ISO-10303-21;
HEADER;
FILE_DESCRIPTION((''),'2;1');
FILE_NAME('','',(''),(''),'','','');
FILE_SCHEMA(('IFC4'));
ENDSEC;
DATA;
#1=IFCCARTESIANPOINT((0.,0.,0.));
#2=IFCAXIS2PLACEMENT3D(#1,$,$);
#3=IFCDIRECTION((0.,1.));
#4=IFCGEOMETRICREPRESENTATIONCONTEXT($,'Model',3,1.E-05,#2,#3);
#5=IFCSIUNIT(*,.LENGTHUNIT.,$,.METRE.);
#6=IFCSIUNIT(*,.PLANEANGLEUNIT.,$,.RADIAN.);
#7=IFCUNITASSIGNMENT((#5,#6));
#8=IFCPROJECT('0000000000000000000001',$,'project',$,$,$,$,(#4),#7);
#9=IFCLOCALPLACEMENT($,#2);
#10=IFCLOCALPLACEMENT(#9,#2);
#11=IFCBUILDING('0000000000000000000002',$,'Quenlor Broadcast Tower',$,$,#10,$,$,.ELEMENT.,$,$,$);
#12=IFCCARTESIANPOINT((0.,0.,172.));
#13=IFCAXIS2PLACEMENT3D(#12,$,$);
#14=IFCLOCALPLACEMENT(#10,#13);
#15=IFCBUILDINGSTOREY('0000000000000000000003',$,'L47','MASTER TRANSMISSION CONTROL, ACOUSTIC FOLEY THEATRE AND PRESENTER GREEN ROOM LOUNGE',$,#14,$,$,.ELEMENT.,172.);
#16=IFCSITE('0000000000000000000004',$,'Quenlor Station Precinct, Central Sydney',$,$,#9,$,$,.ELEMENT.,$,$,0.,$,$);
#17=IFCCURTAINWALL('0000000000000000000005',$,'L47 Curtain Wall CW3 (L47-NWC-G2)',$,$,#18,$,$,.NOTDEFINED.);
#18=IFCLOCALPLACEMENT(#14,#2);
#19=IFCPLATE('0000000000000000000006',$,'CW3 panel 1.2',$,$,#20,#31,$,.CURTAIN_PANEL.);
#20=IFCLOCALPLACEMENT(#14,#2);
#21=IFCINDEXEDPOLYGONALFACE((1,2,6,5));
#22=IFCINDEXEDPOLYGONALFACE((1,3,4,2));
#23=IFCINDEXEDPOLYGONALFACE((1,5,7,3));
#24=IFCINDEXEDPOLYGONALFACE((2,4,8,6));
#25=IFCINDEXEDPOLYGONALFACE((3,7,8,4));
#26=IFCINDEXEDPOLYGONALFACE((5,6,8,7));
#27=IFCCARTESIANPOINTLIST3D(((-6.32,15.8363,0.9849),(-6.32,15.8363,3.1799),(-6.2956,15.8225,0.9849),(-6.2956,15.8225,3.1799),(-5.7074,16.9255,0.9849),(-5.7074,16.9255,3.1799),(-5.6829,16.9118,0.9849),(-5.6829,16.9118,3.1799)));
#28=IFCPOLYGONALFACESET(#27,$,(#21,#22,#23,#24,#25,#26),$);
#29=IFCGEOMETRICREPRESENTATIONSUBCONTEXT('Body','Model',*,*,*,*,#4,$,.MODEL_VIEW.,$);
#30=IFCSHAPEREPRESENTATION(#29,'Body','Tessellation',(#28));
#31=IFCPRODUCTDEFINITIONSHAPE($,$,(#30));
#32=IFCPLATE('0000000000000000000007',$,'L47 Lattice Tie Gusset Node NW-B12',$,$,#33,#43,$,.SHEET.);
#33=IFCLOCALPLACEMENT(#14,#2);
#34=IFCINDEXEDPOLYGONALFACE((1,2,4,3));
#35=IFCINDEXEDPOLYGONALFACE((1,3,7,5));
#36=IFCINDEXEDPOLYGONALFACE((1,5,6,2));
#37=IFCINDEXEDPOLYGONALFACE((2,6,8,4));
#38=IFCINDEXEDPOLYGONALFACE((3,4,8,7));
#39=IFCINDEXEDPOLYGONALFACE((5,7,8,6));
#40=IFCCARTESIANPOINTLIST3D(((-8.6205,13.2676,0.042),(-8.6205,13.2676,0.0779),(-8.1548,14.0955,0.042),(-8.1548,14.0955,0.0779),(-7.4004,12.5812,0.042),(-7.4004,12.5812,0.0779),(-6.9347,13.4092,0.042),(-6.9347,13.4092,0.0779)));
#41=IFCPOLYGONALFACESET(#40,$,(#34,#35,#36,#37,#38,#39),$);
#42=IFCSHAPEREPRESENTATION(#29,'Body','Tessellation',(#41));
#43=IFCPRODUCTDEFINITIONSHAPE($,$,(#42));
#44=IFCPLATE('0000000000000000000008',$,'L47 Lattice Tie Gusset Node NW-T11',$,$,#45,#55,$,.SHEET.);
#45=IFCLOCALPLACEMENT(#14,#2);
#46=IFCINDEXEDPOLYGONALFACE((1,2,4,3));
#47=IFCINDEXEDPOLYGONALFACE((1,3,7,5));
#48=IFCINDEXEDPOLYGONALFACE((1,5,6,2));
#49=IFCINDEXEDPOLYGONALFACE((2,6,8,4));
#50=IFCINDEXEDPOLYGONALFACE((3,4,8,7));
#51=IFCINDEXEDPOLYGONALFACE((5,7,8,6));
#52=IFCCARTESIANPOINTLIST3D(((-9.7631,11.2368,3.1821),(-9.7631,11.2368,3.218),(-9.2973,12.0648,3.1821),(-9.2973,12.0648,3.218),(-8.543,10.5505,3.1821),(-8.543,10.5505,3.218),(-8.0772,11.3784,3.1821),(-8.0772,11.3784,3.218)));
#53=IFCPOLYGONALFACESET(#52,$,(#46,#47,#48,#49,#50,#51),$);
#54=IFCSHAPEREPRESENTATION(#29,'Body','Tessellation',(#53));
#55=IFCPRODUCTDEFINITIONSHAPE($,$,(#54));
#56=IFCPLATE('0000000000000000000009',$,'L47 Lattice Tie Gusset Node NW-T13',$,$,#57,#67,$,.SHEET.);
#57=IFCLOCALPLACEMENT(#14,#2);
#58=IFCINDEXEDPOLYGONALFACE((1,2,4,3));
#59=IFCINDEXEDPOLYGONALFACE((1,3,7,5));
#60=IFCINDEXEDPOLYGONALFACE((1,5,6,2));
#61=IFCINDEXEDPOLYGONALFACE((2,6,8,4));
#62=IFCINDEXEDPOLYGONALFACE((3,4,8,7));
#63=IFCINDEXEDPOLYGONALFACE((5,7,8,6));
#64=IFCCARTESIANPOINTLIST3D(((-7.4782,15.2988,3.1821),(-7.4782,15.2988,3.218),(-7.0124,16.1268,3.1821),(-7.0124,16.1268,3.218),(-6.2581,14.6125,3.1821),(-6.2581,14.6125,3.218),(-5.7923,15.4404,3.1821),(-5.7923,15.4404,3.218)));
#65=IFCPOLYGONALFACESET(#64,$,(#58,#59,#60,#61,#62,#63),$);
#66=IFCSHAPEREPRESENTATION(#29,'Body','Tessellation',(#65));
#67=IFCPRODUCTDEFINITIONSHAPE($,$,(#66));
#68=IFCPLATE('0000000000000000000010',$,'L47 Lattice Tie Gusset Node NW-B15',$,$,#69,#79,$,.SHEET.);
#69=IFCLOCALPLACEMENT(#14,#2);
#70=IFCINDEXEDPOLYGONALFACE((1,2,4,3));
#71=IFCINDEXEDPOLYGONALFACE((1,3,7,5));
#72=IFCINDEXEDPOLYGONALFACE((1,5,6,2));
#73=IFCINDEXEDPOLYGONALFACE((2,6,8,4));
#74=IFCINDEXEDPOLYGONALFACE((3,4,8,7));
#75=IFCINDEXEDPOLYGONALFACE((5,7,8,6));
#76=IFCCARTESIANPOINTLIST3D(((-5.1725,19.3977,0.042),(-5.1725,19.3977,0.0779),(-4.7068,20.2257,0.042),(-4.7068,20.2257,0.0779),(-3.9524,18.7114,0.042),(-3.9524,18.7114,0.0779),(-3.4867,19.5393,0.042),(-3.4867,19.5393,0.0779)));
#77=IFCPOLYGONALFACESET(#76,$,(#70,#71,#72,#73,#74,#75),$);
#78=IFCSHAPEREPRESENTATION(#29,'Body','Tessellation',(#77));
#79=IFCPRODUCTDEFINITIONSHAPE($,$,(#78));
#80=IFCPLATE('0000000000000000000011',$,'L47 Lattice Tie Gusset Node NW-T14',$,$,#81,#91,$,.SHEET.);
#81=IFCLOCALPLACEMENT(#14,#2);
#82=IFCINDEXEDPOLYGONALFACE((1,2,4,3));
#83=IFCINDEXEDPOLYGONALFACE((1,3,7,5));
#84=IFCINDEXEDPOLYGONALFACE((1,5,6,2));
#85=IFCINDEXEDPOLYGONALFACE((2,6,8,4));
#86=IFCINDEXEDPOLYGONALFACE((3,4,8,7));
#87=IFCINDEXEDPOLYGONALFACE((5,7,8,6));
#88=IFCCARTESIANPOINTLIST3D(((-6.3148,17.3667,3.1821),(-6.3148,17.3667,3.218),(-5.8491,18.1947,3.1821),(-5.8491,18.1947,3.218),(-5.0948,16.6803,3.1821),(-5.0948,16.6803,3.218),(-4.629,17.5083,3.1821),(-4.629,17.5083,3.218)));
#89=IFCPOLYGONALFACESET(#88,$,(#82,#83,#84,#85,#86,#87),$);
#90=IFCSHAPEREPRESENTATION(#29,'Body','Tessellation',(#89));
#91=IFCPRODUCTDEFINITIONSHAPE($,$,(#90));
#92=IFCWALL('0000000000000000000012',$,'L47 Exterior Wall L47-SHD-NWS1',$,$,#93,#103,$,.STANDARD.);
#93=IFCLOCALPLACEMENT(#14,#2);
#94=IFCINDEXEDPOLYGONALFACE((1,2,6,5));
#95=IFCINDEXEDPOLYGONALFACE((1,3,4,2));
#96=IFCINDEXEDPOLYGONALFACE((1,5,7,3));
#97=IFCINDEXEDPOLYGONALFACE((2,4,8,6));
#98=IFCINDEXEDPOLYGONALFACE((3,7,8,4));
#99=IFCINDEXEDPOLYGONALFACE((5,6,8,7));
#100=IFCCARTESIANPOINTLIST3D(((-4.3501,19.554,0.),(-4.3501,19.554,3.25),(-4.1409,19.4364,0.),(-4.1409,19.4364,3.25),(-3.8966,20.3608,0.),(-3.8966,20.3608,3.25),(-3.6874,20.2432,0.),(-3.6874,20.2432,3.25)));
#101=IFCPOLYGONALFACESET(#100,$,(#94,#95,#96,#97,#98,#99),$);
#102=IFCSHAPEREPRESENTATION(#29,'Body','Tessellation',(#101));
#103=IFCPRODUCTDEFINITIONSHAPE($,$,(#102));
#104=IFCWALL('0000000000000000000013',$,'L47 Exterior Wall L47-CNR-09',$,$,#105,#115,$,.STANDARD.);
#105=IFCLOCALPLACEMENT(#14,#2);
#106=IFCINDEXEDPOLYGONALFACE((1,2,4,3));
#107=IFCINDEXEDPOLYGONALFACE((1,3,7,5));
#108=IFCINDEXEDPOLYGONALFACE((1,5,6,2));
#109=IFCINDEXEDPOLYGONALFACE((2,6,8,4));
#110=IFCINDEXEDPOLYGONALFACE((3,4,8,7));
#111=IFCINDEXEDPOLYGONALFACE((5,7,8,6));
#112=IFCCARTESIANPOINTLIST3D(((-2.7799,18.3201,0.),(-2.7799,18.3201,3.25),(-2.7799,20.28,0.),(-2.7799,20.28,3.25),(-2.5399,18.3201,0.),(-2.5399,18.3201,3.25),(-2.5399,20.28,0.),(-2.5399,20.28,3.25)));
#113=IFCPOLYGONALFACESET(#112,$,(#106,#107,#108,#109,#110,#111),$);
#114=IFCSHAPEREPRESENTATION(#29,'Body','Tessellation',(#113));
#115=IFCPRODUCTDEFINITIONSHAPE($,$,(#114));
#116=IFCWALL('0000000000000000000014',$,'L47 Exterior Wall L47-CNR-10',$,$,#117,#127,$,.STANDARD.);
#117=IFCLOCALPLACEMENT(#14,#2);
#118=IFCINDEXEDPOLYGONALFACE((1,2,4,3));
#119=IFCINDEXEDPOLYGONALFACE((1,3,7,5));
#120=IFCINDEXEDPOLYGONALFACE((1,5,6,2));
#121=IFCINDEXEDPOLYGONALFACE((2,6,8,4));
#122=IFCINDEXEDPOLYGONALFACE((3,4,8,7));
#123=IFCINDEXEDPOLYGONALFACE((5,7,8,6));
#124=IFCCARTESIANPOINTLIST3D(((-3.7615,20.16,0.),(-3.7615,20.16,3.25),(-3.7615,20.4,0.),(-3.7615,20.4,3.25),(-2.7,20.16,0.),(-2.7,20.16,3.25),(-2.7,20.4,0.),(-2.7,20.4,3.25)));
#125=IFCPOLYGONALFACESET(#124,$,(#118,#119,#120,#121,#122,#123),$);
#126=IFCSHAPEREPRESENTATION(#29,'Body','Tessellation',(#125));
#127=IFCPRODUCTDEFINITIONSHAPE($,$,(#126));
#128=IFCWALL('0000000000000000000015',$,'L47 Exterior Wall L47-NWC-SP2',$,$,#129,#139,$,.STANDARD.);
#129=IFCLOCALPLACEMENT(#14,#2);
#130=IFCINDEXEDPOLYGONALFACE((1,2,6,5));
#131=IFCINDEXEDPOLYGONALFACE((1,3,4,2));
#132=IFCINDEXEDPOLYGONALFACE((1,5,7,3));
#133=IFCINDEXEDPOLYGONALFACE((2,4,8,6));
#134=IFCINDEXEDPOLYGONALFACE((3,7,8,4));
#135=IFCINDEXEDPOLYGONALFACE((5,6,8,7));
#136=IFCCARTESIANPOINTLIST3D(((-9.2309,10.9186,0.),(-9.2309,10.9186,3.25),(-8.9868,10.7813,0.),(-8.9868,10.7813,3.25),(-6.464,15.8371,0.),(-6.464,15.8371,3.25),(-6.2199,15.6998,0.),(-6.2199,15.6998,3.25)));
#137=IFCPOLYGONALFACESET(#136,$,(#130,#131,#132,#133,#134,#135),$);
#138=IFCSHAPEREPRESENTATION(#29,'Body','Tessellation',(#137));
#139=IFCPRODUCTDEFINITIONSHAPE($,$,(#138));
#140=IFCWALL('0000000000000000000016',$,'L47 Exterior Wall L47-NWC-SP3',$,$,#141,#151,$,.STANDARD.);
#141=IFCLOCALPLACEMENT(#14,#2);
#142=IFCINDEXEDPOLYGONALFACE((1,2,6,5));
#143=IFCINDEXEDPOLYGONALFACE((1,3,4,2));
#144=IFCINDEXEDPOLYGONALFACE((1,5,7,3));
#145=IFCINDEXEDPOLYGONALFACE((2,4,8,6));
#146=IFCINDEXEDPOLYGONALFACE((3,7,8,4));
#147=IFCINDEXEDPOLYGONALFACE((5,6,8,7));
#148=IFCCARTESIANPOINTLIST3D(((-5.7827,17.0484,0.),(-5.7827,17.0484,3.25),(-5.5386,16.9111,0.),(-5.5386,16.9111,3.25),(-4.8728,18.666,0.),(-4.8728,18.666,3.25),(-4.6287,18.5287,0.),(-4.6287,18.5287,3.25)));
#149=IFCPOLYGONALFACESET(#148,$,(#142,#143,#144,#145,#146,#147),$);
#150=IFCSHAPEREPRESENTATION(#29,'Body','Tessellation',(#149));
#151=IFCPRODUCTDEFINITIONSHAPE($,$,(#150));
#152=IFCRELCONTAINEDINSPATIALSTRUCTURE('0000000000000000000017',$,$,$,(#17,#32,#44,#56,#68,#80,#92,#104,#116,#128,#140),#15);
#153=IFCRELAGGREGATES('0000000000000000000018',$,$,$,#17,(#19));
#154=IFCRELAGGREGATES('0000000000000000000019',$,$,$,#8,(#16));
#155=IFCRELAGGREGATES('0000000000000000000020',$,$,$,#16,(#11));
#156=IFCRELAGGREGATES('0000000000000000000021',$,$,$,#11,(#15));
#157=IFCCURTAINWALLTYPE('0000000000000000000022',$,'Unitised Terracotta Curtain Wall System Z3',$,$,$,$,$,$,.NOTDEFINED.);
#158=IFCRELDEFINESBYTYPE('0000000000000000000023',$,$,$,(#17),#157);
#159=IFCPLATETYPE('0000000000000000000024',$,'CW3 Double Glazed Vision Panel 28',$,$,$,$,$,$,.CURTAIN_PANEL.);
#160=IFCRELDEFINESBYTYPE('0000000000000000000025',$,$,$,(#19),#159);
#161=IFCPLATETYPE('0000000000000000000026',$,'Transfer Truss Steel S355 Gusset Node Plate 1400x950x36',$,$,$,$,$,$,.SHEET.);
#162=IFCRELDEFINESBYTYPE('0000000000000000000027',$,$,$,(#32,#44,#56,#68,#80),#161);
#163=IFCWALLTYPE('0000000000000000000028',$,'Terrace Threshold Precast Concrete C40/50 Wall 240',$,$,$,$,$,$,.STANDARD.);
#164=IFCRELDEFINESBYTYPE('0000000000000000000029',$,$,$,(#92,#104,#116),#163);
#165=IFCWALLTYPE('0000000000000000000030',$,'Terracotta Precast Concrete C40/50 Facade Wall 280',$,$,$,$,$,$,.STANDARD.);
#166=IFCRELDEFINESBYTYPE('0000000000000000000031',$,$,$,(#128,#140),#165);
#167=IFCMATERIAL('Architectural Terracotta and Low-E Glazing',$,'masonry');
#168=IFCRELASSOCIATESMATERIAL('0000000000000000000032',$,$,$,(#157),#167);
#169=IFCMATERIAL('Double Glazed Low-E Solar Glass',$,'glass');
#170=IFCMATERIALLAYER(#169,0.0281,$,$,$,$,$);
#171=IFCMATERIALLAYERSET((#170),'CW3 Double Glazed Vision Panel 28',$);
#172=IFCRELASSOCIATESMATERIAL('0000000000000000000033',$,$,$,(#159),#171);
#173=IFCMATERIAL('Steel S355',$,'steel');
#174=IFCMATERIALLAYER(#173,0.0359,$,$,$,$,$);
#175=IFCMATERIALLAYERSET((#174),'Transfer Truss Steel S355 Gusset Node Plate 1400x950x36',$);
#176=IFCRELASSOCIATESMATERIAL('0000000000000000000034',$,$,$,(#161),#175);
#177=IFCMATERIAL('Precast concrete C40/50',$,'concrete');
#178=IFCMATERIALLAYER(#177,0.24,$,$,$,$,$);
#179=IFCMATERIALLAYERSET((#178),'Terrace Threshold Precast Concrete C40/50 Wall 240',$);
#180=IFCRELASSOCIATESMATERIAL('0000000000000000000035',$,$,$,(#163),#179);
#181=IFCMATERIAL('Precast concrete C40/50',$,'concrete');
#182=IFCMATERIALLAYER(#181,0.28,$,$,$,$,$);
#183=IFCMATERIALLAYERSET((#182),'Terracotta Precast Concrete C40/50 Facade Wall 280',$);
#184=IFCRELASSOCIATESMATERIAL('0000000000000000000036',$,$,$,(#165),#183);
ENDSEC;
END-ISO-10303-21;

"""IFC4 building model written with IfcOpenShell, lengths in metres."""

from ifc_helpers import new_model, si_unit, direction, frame, frame_2d, origin, origin_2d, place, context, subcontext, project, spatial, rectangle, extrude, material, layer, layer_set, type_object, element, aggregate, save


model = new_model("IFC4")

# Units and contexts
model_context = context("Model", 3, precision=1e-05, world=origin(), true_north=direction((0.0, 1.0)))
body_context = subcontext(model_context, "Body", "Model", "MODEL_VIEW")
ifc_project = project(units=[si_unit("LENGTHUNIT", "METRE"), si_unit("PLANEANGLEUNIT", "RADIAN")], contexts=[model_context])

# Site, building, storey
site_placement = place(None, origin())
site = spatial("IfcSite", under=ifc_project, at=site_placement, Name="Quenlor Station Precinct, Central Sydney", CompositionType="ELEMENT", RefElevation=0.0)
building_placement = place(site_placement, origin())
building = spatial("IfcBuilding", under=site, at=building_placement, Name="Quenlor Broadcast Tower", CompositionType="ELEMENT")
storey_placement = place(building_placement, frame((0.0, 0.0, 172.0)))
storey = spatial("IfcBuildingStorey", under=building, at=storey_placement, Name="L47", Description="MASTER TRANSMISSION CONTROL, ACOUSTIC FOLEY THEATRE AND PRESENTER GREEN ROOM LOUNGE", CompositionType="ELEMENT", Elevation=172.0)

# Shared definitions
ifc_material_1 = material(Name="Architectural Terracotta and Low-E Glazing", Category="masonry")
curtain_wall_type = type_object("IfcCurtainWallType", Name="Unitised Terracotta Curtain Wall System Z3", PredefinedType="NOTDEFINED", material=ifc_material_1)

# Curtain wall
curtain_wall_1_placement = place(storey_placement, origin())
curtain_wall_1 = element("IfcCurtainWall", 1, at=curtain_wall_1_placement, inside=storey, type_object=curtain_wall_type, Name="L47 Curtain Wall CW3 (L47-NWC-G2)", PredefinedType="NOTDEFINED")

# Plate
ifc_material_2 = material(Name="Double Glazed Low-E Solar Glass", Category="glass")
ifc_layer_1 = layer(ifc_material_2, 0.0281)
ifc_layer_set_1 = layer_set([ifc_layer_1], Name="CW3 Double Glazed Vision Panel 28")
plate_type_1 = type_object("IfcPlateType", Name="CW3 Double Glazed Vision Panel 28", PredefinedType="CURTAIN_PANEL", material=ifc_layer_set_1)
plate_1_placement = place(storey_placement, frame((-6.0015, 16.374, 0.9849), z_axis=(0.0, 0.0, 1.0), x_axis=(0.49023, 0.871593, 0.0)))
plate_1 = element("IfcPlate", 2, at=plate_1_placement, type_object=plate_type_1, Name="CW3 panel 1.2", PredefinedType="CURTAIN_PANEL", context=body_context, shape_type="SweptSolid", body=[
    extrude(rectangle(XDim=1.2498, YDim=0.0281, at=origin_2d()), origin(), (0.0, 0.0, 1.0), 2.1951),
])
aggregate(curtain_wall_1, [plate_1])

# Plates
ifc_material_3 = material(Name="Steel S355", Category="steel")
ifc_layer_2 = layer(ifc_material_3, 0.0359)
ifc_layer_set_2 = layer_set([ifc_layer_2], Name="Transfer Truss Steel S355 Gusset Node Plate 1400x950x36")
plate_type_2 = type_object("IfcPlateType", Name="Transfer Truss Steel S355 Gusset Node Plate 1400x950x36", PredefinedType="SHEET", material=ifc_layer_set_2)
for number, where, z_axis, x_axis, name in (
    (3, (-7.7776, 13.3384, 0.042), (0.0, 0.0, 1.0), (-0.871556, 0.490295, 0.0), "L47 Lattice Tie Gusset Node NW-B12"),
    (4, (-8.9202, 11.3076, 3.1821), (0.0, 0.0, 1.0), (-0.871556, 0.490295, 0.0), "L47 Lattice Tie Gusset Node NW-T11"),
    (5, (-6.6353, 15.3696, 3.1821), (0.0, 0.0, 1.0), (-0.871556, 0.490295, 0.0), "L47 Lattice Tie Gusset Node NW-T13"),
    (6, (-4.3296, 19.4685, 0.042), (0.0, 0.0, 1.0), (-0.871556, 0.490295, 0.0), "L47 Lattice Tie Gusset Node NW-B15"),
    (7, (-5.4719, 17.4375, 3.1821), (0.0, 0.0, 1.0), (-0.871556, 0.490295, 0.0), "L47 Lattice Tie Gusset Node NW-T14"),
):
    element("IfcPlate", number, at=place(storey_placement, frame(where, z_axis=z_axis, x_axis=x_axis)), inside=storey, type_object=plate_type_2, Name=name, PredefinedType="SHEET", context=body_context, shape_type="SweptSolid", body=[
        extrude(rectangle(XDim=1.3999, YDim=0.95, at=origin_2d()), origin(), (0.0, 0.0, 1.0), 0.0359),
    ])

# Walls
ifc_material_4 = material(Name="Precast concrete C40/50", Category="concrete")
ifc_layer_3 = layer(ifc_material_4, 0.24)
ifc_layer_set_3 = layer_set([ifc_layer_3], Name="Terrace Threshold Precast Concrete C40/50 Wall 240")
wall_type_1 = type_object("IfcWallType", Name="Terrace Threshold Precast Concrete C40/50 Wall 240", PredefinedType="STANDARD", material=ifc_layer_set_3)
wall_1_placement = place(storey_placement, frame((-4.2456, 19.4951, 0.0), z_axis=(0.0, 0.0, 1.0), x_axis=(0.490048, 0.871695, 0.0)))
element("IfcWall", 8, at=wall_1_placement, inside=storey, type_object=wall_type_1, Name="L47 Exterior Wall L47-SHD-NWS1", PredefinedType="STANDARD", context=body_context, shape_type="SweptSolid", body=[
    extrude(rectangle(XDim=0.9255, YDim=0.24, at=frame_2d((0.4629, 0.0))), origin(), (0.0, 0.0, 1.0), 3.25),
])
wall_2_placement = place(storey_placement, frame((-2.6599, 18.3201, 0.0), z_axis=(0.0, 0.0, 1.0), x_axis=(0.0, 1.0, 0.0)))
element("IfcWall", 9, at=wall_2_placement, inside=storey, type_object=wall_type_1, Name="L47 Exterior Wall L47-CNR-09", PredefinedType="STANDARD", context=body_context, shape_type="SweptSolid", body=[
    extrude(rectangle(XDim=1.96, YDim=0.24, at=frame_2d((0.98, 0.0))), origin(), (0.0, 0.0, 1.0), 3.25),
])
wall_3_placement = place(storey_placement, frame((-2.7, 20.28, 0.0), z_axis=(0.0, 0.0, 1.0), x_axis=(-1.0, 0.0, 0.0)))
element("IfcWall", 10, at=wall_3_placement, inside=storey, type_object=wall_type_1, Name="L47 Exterior Wall L47-CNR-10", PredefinedType="STANDARD", context=body_context, shape_type="SweptSolid", body=[
    extrude(rectangle(XDim=1.0615, YDim=0.24, at=frame_2d((0.5308, 0.0))), origin(), (0.0, 0.0, 1.0), 3.25),
])
ifc_material_5 = material(Name="Precast concrete C40/50", Category="concrete")
ifc_layer_4 = layer(ifc_material_5, 0.28)
ifc_layer_set_4 = layer_set([ifc_layer_4], Name="Terracotta Precast Concrete C40/50 Facade Wall 280")
wall_type_2 = type_object("IfcWallType", Name="Terracotta Precast Concrete C40/50 Facade Wall 280", PredefinedType="STANDARD", material=ifc_layer_set_4)
wall_4_placement = place(storey_placement, frame((-9.1089, 10.8499, 0.0), z_axis=(0.0, 0.0, 1.0), x_axis=(0.49029, 0.871559, 0.0)))
element("IfcWall", 11, at=wall_4_placement, inside=storey, type_object=wall_type_2, Name="L47 Exterior Wall L47-NWC-SP2", PredefinedType="STANDARD", context=body_context, shape_type="SweptSolid", body=[
    extrude(rectangle(XDim=5.6433, YDim=0.28, at=frame_2d((2.8218, 0.0))), origin(), (0.0, 0.0, 1.0), 3.25),
])
wall_5_placement = place(storey_placement, frame((-5.6606, 16.9797, 0.0), z_axis=(0.0, 0.0, 1.0), x_axis=(0.490249, 0.871583, 0.0)))
element("IfcWall", 12, at=wall_5_placement, inside=storey, type_object=wall_type_2, Name="L47 Exterior Wall L47-NWC-SP3", PredefinedType="STANDARD", context=body_context, shape_type="SweptSolid", body=[
    extrude(rectangle(XDim=1.856, YDim=0.28, at=frame_2d((0.928, 0.0))), origin(), (0.0, 0.0, 1.0), 3.25),
])

save(model, "model.ifc")
